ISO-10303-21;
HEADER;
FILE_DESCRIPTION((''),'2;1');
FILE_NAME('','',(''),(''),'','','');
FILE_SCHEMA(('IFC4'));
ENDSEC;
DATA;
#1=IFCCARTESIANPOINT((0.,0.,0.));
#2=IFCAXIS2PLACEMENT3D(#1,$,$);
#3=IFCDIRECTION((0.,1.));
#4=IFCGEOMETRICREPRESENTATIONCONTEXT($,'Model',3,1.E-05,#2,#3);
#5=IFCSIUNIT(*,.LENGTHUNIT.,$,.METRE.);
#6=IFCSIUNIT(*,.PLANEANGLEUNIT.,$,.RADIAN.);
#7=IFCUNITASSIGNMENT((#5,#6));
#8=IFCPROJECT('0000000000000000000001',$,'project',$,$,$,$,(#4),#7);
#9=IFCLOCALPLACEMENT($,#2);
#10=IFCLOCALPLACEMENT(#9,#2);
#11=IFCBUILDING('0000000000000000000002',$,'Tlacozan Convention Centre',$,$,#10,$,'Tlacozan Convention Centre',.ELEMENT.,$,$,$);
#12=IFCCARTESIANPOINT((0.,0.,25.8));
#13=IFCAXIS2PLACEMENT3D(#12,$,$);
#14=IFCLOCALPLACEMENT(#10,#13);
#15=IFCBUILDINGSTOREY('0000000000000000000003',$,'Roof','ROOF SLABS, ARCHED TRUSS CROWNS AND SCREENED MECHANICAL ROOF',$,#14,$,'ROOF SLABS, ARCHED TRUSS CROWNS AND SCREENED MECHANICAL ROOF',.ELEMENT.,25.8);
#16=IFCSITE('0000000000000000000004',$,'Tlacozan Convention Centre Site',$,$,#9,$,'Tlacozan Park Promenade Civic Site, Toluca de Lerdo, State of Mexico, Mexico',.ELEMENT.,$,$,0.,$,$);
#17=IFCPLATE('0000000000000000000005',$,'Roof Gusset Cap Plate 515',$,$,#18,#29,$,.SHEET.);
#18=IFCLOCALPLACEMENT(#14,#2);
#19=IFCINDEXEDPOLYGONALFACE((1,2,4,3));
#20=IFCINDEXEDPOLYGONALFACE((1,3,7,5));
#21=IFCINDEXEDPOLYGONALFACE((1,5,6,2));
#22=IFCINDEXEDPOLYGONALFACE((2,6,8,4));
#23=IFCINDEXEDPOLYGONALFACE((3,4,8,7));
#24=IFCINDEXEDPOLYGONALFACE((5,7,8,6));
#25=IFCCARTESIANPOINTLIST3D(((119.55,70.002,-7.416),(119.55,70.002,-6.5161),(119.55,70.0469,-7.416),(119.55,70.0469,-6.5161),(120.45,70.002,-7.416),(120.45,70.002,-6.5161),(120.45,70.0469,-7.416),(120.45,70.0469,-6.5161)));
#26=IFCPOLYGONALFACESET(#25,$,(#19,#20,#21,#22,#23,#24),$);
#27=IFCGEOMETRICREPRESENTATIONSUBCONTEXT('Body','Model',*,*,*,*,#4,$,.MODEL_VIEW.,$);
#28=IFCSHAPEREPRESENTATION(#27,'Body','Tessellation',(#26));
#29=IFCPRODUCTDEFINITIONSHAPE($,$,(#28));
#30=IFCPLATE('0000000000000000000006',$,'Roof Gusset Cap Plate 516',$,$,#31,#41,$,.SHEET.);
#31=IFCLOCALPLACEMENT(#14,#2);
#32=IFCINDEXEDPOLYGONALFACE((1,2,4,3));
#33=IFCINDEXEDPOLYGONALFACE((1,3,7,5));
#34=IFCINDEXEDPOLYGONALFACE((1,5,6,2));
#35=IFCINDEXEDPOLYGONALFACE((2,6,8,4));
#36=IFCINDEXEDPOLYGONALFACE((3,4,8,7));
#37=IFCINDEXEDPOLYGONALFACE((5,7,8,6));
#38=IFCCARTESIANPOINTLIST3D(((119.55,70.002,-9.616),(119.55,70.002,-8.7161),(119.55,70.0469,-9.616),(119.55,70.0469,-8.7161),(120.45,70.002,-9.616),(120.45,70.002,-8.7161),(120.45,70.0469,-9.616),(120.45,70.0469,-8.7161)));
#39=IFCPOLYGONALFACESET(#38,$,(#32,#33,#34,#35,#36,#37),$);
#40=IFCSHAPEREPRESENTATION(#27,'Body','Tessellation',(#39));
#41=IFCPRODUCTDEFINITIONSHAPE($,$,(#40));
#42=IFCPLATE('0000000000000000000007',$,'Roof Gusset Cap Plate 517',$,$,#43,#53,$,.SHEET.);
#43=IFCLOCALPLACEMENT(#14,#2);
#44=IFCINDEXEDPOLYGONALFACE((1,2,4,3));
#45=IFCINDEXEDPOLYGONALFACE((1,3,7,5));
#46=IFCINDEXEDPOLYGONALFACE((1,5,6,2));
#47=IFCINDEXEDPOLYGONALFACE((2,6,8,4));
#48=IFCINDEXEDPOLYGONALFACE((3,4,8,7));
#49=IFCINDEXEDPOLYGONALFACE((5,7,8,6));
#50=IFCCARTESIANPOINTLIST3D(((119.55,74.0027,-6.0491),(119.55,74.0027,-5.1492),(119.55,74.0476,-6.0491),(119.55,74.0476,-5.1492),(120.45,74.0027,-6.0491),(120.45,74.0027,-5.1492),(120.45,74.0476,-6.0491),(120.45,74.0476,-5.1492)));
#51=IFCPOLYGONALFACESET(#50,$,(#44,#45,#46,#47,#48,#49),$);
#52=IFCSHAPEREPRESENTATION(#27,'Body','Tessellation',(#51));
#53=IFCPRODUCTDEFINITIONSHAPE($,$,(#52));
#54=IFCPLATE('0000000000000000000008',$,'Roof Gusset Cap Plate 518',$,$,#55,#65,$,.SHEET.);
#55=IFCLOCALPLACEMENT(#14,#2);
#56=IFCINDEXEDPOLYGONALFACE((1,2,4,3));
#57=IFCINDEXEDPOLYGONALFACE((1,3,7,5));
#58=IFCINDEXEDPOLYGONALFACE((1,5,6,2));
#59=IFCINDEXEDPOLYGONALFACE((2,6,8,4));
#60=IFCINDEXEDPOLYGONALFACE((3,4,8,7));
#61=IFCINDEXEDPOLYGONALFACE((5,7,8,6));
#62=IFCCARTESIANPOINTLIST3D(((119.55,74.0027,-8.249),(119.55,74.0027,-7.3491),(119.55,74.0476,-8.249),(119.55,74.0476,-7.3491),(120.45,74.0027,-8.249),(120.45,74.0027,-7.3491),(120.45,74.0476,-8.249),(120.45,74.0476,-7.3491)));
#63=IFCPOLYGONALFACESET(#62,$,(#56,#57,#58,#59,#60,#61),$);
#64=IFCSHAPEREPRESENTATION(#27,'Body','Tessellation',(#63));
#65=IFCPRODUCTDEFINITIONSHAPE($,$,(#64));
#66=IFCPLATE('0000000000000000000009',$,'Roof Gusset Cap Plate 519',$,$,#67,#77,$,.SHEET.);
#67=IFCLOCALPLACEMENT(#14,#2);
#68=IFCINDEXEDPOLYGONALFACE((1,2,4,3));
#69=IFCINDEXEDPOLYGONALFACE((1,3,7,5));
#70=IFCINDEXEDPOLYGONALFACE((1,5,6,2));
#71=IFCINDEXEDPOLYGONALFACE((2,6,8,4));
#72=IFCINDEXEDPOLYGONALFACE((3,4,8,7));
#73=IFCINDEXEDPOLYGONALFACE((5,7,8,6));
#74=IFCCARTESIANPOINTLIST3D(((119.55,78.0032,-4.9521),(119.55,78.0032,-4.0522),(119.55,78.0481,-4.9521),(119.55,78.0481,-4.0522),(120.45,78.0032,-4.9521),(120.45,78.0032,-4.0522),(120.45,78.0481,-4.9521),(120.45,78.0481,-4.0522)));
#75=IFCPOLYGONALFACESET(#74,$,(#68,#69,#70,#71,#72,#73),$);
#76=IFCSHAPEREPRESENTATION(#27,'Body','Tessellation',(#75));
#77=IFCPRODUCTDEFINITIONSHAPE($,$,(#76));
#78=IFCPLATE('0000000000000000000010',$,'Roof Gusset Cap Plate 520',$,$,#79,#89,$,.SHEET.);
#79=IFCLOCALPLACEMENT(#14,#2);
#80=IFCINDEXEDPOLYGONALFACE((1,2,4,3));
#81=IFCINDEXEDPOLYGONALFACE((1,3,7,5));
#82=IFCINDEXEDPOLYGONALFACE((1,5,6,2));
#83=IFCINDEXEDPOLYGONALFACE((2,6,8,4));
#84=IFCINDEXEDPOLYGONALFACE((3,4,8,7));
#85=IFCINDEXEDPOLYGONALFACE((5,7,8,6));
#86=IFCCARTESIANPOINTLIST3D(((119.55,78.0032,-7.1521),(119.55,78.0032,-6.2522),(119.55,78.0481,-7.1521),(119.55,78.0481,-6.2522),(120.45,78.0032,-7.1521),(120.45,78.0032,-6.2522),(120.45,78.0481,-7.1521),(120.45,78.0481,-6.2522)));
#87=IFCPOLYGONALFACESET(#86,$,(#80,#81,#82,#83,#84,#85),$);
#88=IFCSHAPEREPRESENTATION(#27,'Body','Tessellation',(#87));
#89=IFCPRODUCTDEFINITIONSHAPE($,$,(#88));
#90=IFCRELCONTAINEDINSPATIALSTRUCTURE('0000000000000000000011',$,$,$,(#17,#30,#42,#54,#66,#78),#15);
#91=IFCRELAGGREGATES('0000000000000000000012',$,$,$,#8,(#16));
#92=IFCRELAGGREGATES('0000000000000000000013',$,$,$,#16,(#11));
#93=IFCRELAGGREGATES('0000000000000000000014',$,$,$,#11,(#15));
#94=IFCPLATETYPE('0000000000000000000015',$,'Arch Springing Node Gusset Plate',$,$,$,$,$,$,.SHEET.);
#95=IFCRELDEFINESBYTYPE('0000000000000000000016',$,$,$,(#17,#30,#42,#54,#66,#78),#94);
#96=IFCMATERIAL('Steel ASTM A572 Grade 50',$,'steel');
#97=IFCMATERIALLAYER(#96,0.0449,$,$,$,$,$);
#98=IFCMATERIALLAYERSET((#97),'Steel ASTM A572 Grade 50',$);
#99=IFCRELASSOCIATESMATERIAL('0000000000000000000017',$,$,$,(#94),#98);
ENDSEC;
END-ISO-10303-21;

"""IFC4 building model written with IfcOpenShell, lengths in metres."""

from ifc_helpers import new_model, si_unit, direction, frame, origin, origin_2d, place, context, subcontext, project, spatial, rectangle, extrude, material, layer, layer_set, type_object, element, save


model = new_model("IFC4")

# Units and contexts
model_context = context("Model", 3, precision=1e-05, world=origin(), true_north=direction((0.0, 1.0)))
body_context = subcontext(model_context, "Body", "Model", "MODEL_VIEW")
ifc_project = project(units=[si_unit("LENGTHUNIT", "METRE"), si_unit("PLANEANGLEUNIT", "RADIAN")], contexts=[model_context])

# Site, building, storey
site_placement = place(None, origin())
site = spatial("IfcSite", under=ifc_project, at=site_placement, Name="Tlacozan Convention Centre Site", LongName="Tlacozan Park Promenade Civic Site, Toluca de Lerdo, State of Mexico, Mexico", CompositionType="ELEMENT", RefElevation=0.0)
building_placement = place(site_placement, origin())
building = spatial("IfcBuilding", under=site, at=building_placement, Name="Tlacozan Convention Centre", LongName="Tlacozan Convention Centre", CompositionType="ELEMENT")
storey_placement = place(building_placement, frame((0.0, 0.0, 25.8)))
storey = spatial("IfcBuildingStorey", under=building, at=storey_placement, Name="Roof", Description="ROOF SLABS, ARCHED TRUSS CROWNS AND SCREENED MECHANICAL ROOF", LongName="ROOF SLABS, ARCHED TRUSS CROWNS AND SCREENED MECHANICAL ROOF", CompositionType="ELEMENT", Elevation=25.8)

# Plates
ifc_material_1 = material(Name="Steel ASTM A572 Grade 50", Category="steel")
ifc_layer = layer(ifc_material_1, 0.0449)
ifc_layer_set = layer_set([ifc_layer], Name="Steel ASTM A572 Grade 50")
plate_type = type_object("IfcPlateType", Name="Arch Springing Node Gusset Plate", PredefinedType="SHEET", material=ifc_layer_set)
for number, where, z_axis, x_axis, name in (
    (1, (120.0, 70.0244, -7.416), (0.0, 0.0, 1.0), (0.0, 1.0, 0.0), "Roof Gusset Cap Plate 515"),
    (2, (120.0, 70.0244, -9.616), (0.0, 0.0, 1.0), (0.0, 1.0, 0.0), "Roof Gusset Cap Plate 516"),
    (3, (120.0, 74.0251, -6.0491), (0.0, 0.0, 1.0), (0.0, 1.0, 0.0), "Roof Gusset Cap Plate 517"),
    (4, (120.0, 74.0251, -8.249), (0.0, 0.0, 1.0), (0.0, 1.0, 0.0), "Roof Gusset Cap Plate 518"),
    (5, (120.0, 78.0256, -4.9521), (0.0, 0.0, 1.0), (0.0, 1.0, 0.0), "Roof Gusset Cap Plate 519"),
    (6, (120.0, 78.0256, -7.1521), (0.0, 0.0, 1.0), (0.0, 1.0, 0.0), "Roof Gusset Cap Plate 520"),
):
    element("IfcPlate", number, at=place(storey_placement, frame(where, z_axis=z_axis, x_axis=x_axis)), inside=storey, type_object=plate_type, Name=name, PredefinedType="SHEET", context=body_context, shape_type="SweptSolid", body=[
        extrude(rectangle(XDim=0.0449, YDim=0.8999, at=origin_2d()), origin(), (0.0, 0.0, 1.0), 0.8999),
    ])

save(model, "model.ifc")
